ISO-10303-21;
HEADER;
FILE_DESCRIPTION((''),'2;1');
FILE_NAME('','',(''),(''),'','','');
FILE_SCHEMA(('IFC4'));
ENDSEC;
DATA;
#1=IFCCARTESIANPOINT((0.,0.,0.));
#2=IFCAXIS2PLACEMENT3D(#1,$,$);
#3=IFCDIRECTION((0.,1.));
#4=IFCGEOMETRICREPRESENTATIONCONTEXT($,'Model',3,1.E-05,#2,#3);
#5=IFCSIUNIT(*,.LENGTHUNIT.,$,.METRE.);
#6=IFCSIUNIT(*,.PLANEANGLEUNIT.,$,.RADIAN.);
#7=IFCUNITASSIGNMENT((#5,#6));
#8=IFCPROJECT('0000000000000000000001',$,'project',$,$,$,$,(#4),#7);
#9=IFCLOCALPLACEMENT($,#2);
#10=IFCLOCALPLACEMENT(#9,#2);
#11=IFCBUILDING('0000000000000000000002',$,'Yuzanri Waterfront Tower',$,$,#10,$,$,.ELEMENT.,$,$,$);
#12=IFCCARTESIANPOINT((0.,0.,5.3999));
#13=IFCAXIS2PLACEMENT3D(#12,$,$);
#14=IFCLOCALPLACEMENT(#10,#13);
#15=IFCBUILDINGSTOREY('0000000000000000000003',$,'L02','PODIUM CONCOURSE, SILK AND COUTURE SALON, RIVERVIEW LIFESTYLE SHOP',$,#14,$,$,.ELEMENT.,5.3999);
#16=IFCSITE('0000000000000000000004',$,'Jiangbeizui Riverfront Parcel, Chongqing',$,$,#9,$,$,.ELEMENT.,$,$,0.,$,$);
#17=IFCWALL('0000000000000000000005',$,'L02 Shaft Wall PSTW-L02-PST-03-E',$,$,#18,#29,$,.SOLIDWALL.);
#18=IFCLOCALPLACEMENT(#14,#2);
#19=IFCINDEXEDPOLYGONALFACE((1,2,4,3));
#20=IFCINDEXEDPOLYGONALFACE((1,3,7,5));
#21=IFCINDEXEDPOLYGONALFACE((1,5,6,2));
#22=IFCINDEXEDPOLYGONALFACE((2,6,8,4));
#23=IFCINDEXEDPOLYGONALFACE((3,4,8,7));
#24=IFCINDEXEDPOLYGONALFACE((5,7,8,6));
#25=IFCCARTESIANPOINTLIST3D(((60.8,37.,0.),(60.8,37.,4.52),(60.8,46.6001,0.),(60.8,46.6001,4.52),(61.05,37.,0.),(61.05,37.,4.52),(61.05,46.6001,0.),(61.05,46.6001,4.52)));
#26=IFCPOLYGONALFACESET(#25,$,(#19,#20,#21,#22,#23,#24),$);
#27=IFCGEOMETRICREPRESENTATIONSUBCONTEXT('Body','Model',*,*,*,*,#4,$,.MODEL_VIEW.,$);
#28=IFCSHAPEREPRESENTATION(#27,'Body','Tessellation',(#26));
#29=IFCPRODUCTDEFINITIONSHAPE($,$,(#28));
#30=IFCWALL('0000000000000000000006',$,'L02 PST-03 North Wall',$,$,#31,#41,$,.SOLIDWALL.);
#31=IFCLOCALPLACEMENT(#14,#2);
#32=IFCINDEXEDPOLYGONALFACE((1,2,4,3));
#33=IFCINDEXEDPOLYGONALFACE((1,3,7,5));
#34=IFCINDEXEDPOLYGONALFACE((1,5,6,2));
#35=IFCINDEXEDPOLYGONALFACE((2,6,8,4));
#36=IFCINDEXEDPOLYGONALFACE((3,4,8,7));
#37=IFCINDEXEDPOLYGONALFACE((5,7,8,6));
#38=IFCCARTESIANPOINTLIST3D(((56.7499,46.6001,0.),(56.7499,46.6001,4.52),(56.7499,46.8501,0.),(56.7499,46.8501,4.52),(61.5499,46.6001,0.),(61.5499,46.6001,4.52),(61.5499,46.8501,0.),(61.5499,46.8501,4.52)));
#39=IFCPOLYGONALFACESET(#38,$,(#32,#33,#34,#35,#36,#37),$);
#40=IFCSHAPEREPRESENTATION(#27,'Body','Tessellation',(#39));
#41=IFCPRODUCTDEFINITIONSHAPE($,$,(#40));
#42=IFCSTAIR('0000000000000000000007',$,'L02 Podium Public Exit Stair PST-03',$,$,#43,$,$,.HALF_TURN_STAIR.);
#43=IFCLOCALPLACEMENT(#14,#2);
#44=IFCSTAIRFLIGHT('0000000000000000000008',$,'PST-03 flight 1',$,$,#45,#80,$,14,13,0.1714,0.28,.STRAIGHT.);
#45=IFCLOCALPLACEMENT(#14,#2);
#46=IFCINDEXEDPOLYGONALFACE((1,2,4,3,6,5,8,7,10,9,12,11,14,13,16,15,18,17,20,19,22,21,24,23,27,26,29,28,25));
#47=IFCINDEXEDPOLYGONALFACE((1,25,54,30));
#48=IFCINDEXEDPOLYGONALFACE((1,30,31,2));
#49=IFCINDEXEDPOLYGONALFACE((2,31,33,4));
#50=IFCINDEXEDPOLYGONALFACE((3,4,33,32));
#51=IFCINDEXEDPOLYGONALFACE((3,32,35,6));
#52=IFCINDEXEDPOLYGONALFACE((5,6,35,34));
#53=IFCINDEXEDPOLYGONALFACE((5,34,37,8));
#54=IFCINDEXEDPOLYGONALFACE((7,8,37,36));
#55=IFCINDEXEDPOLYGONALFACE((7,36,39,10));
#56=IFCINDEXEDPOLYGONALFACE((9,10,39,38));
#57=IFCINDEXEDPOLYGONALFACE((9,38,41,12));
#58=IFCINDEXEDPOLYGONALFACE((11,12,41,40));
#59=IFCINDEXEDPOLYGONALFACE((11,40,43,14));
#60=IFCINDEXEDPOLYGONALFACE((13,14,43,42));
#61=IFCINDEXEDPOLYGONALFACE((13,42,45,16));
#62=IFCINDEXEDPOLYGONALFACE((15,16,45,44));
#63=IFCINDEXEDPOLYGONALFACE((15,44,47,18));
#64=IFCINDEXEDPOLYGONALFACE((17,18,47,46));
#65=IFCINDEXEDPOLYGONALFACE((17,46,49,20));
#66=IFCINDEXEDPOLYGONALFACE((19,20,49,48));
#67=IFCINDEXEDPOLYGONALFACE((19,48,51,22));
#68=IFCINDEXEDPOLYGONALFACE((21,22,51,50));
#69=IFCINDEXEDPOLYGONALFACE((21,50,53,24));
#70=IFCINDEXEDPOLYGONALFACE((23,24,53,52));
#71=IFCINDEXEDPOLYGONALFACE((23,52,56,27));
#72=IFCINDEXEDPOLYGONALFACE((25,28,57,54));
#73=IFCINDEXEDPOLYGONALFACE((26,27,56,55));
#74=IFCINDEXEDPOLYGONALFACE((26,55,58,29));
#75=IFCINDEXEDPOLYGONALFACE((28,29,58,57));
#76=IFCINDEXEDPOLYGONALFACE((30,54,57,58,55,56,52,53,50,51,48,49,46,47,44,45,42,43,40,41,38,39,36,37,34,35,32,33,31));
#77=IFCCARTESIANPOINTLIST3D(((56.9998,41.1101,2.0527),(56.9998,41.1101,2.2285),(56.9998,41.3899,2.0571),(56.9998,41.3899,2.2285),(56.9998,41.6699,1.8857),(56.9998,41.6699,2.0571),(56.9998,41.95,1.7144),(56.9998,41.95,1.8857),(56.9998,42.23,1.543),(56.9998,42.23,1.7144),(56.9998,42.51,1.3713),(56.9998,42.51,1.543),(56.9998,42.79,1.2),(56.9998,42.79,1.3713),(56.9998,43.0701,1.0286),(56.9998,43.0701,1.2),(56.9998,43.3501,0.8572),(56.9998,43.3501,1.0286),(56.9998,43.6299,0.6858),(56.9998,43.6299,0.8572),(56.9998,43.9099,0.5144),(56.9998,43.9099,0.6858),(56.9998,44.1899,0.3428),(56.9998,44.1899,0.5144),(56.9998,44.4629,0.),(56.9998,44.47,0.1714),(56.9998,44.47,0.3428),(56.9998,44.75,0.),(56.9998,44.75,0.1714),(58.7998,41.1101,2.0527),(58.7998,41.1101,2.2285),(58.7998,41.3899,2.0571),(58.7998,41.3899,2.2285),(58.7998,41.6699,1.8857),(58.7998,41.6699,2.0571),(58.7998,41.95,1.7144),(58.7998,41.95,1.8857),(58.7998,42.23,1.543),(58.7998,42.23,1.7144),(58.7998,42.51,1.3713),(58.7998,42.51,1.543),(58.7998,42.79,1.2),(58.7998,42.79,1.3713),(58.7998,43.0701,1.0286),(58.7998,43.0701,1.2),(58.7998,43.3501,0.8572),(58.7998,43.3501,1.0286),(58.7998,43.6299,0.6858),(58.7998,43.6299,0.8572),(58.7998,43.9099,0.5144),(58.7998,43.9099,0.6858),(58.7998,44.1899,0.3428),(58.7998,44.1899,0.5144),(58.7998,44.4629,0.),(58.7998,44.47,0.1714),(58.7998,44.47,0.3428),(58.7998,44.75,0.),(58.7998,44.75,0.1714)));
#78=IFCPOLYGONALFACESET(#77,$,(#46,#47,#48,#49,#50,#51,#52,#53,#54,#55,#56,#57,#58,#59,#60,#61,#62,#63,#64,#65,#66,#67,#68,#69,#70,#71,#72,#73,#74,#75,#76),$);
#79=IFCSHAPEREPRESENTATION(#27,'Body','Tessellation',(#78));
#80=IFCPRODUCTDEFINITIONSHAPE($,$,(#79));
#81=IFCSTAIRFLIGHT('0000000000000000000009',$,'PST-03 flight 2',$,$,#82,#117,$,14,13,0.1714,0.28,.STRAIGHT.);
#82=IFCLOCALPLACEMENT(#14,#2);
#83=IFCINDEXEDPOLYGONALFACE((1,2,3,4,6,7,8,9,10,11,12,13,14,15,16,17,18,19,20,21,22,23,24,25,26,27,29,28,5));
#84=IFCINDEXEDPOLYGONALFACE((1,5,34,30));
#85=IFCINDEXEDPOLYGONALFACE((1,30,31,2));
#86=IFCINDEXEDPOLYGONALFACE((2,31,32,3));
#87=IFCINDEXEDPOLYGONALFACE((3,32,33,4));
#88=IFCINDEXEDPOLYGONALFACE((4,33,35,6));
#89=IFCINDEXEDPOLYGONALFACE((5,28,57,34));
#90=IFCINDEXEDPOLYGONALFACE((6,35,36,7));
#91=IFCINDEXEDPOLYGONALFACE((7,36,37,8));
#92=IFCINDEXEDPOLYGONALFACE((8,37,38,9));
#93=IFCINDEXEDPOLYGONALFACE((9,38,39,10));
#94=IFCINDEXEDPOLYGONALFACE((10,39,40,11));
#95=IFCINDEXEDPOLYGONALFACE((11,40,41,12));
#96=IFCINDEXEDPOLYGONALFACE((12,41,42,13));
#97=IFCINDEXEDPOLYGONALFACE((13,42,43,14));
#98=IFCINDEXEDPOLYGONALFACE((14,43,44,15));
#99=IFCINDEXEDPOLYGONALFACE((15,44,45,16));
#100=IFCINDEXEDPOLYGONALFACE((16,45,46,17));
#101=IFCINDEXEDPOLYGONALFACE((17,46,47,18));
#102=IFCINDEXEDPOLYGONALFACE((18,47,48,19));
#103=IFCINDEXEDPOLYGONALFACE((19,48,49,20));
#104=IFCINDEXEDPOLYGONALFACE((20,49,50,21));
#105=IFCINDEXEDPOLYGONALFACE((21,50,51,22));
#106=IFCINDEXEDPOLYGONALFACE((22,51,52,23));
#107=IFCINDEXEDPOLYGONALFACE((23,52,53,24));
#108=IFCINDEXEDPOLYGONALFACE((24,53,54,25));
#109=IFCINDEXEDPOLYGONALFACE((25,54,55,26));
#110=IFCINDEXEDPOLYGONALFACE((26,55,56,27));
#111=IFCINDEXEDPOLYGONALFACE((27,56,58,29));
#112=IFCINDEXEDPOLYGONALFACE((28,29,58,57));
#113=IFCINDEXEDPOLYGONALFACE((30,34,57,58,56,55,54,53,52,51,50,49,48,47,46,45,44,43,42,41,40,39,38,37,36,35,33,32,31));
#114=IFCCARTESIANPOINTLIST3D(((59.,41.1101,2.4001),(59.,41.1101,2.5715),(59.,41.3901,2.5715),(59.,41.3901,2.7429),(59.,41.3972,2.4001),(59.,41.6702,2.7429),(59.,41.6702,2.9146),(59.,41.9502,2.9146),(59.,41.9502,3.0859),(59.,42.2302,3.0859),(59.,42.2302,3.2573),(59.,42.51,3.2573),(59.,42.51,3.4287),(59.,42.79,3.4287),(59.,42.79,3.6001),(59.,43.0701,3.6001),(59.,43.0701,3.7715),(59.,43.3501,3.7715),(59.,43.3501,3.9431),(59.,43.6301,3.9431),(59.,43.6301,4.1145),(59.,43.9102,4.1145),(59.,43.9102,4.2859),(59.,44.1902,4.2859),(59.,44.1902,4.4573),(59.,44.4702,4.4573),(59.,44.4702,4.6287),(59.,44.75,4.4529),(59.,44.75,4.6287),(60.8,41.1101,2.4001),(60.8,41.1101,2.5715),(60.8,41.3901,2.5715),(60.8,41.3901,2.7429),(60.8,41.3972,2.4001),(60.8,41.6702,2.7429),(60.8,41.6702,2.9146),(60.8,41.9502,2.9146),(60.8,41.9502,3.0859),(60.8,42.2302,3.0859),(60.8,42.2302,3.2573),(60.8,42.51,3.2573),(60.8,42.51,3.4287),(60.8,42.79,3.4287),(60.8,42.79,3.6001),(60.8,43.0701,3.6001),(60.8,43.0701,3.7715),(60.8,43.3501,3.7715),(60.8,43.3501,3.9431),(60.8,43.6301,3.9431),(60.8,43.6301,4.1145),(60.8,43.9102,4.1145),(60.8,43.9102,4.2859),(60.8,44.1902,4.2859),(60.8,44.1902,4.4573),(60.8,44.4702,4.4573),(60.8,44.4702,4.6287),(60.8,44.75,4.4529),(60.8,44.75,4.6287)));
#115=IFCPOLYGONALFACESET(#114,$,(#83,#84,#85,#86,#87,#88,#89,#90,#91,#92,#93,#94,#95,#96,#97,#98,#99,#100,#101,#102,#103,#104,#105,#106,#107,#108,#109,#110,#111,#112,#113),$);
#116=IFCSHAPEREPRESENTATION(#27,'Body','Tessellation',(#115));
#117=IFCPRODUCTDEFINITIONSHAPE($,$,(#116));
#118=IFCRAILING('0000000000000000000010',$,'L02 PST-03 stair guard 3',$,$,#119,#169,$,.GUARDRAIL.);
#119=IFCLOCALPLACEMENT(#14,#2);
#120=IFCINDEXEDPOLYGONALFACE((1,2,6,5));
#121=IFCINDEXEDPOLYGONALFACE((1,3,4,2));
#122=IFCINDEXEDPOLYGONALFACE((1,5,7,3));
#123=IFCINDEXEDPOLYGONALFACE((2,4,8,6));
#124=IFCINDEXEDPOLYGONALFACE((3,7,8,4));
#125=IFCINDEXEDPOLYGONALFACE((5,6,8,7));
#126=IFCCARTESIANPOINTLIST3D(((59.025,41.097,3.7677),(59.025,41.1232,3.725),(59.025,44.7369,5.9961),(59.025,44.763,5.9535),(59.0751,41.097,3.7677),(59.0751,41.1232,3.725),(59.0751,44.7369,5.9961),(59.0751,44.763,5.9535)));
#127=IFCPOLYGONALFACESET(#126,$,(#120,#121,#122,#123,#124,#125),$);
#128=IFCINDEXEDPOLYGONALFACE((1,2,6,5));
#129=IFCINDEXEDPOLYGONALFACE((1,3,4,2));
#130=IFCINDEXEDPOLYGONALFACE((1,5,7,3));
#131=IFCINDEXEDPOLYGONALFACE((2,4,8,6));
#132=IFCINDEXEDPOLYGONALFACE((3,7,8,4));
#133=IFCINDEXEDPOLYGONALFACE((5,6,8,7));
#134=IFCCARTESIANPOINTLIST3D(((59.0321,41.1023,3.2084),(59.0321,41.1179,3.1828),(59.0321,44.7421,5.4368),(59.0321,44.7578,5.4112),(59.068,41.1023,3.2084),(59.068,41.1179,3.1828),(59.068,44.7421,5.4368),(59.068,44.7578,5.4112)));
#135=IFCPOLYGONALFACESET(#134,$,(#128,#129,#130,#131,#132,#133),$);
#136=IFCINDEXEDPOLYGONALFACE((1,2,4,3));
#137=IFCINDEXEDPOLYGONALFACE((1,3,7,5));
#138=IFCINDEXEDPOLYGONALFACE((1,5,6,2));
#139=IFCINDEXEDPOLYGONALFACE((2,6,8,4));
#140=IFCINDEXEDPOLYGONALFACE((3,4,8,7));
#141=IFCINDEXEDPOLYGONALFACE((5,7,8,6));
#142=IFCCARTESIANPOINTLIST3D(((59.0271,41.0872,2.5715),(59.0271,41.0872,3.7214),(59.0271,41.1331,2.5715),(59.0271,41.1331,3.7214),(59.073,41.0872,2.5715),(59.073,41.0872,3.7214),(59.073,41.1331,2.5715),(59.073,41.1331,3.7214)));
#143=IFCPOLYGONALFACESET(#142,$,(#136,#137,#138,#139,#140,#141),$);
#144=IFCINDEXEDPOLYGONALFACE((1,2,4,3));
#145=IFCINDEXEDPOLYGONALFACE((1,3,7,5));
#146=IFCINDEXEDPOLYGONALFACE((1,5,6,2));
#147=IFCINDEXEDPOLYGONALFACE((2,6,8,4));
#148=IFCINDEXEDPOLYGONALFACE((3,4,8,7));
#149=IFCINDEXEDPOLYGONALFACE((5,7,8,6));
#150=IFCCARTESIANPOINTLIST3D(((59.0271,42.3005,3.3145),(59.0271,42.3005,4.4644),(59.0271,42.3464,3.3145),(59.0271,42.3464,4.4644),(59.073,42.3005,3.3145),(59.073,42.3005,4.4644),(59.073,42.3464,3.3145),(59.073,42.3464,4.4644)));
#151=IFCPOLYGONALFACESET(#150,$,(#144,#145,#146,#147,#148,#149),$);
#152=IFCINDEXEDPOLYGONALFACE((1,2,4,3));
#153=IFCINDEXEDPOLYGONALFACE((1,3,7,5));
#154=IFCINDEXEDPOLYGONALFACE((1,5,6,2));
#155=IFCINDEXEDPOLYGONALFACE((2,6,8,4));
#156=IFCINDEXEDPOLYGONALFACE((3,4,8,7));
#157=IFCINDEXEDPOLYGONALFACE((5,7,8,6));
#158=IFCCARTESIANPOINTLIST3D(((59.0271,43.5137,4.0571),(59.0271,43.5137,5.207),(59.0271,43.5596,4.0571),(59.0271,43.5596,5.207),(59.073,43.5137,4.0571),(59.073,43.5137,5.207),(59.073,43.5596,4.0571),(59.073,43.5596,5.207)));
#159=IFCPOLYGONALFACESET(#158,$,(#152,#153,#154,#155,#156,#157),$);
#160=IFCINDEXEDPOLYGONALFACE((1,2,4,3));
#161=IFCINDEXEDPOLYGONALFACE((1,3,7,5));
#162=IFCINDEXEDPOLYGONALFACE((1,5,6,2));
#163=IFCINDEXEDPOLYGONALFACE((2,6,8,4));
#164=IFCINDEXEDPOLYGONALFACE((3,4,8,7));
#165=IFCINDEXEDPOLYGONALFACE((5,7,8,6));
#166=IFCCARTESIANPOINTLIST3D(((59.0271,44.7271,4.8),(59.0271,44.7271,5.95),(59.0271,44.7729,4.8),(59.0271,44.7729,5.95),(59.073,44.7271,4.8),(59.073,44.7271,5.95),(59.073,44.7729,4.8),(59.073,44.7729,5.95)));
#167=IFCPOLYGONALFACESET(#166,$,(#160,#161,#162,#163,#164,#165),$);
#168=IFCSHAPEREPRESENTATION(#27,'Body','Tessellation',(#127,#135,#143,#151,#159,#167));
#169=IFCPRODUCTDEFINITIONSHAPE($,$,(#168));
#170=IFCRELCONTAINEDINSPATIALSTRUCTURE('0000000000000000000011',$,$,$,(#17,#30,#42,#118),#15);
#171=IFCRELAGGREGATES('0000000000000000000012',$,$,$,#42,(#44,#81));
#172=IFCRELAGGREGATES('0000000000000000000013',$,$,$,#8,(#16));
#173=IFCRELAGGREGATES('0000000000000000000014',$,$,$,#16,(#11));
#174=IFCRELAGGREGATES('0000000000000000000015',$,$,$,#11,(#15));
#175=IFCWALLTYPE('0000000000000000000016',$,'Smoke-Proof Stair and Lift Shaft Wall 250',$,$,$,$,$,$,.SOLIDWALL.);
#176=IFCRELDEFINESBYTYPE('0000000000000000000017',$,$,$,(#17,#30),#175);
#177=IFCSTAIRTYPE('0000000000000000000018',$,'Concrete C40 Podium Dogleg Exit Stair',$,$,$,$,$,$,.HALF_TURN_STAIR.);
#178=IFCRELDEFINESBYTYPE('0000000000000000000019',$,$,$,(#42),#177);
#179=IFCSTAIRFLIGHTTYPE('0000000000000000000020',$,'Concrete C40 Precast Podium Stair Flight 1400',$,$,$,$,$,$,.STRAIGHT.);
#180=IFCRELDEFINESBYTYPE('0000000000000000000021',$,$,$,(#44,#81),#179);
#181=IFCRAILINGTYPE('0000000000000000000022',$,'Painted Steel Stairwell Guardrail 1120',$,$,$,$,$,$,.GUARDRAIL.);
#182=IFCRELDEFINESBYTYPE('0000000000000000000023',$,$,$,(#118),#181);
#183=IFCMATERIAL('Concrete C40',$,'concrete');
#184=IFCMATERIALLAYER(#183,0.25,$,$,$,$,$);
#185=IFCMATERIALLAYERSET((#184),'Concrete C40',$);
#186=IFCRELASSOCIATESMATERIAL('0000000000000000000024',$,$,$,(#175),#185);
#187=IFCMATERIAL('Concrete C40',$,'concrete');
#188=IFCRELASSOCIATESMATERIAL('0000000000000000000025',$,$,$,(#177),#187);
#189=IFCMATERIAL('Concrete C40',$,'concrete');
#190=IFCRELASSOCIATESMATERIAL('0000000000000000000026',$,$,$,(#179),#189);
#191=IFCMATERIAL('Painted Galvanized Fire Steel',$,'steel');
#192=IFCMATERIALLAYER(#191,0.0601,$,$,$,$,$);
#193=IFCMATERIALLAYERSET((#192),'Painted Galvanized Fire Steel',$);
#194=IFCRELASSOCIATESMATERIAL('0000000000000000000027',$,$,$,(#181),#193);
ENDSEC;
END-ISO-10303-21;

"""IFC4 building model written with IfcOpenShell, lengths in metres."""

from ifc_helpers import new_model, si_unit, direction, frame, frame_2d, origin, origin_2d, place, context, subcontext, project, spatial, polyline, rectangle, outline, extrude, source, transform, mapped, material, layer, layer_set, type_object, element, aggregate, save


model = new_model("IFC4")

# Units and contexts
model_context = context("Model", 3, precision=1e-05, world=origin(), true_north=direction((0.0, 1.0)))
body_context = subcontext(model_context, "Body", "Model", "MODEL_VIEW")
ifc_project = project(units=[si_unit("LENGTHUNIT", "METRE"), si_unit("PLANEANGLEUNIT", "RADIAN")], contexts=[model_context])

# Site, building, storey
site_placement = place(None, origin())
site = spatial("IfcSite", under=ifc_project, at=site_placement, Name="Jiangbeizui Riverfront Parcel, Chongqing", CompositionType="ELEMENT", RefElevation=0.0)
building_placement = place(site_placement, origin())
building = spatial("IfcBuilding", under=site, at=building_placement, Name="Yuzanri Waterfront Tower", CompositionType="ELEMENT")
storey_placement = place(building_placement, frame((0.0, 0.0, 5.3999)))
storey = spatial("IfcBuildingStorey", under=building, at=storey_placement, Name="L02", Description="PODIUM CONCOURSE, SILK AND COUTURE SALON, RIVERVIEW LIFESTYLE SHOP", CompositionType="ELEMENT", Elevation=5.3999)

# Walls
ifc_material_1 = material(Name="Concrete C40", Category="concrete")
ifc_layer_1 = layer(ifc_material_1, 0.25)
ifc_layer_set_1 = layer_set([ifc_layer_1], Name="Concrete C40")
wall_type_1 = type_object("IfcWallType", Name="Smoke-Proof Stair and Lift Shaft Wall 250", PredefinedType="SOLIDWALL", material=ifc_layer_set_1)
shared_shape_1 = source(origin(), body_context, "Body", "SweptSolid", [
    extrude(rectangle(XDim=9.6001, YDim=0.25, at=frame_2d((4.8, 0.0))), origin(), (0.0, 0.0, 1.0), 4.52),
])
wall_1_placement = place(storey_placement, frame((60.925, 37.0, 0.0), z_axis=(0.0, 0.0, 1.0), x_axis=(0.0, 1.0, 0.0)))
element("IfcWall", 1, at=wall_1_placement, inside=storey, type_object=wall_type_1, Name="L02 Shaft Wall PSTW-L02-PST-03-E", PredefinedType="SOLIDWALL", context=body_context, shape_type="MappedRepresentation", body=[
    mapped(shared_shape_1, transform((0.0, 0.0, 0.0), scale=1.0)),
])
shared_shape_2 = source(origin(), body_context, "Body", "SweptSolid", [
    extrude(rectangle(XDim=4.8, YDim=0.25, at=frame_2d((2.3999, 0.0))), origin(), (0.0, 0.0, 1.0), 4.52),
])
wall_2_placement = place(storey_placement, frame((56.75, 46.7251, 0.0), z_axis=(0.0, 0.0, 1.0), x_axis=(1.0, 0.0, 0.0)))
element("IfcWall", 2, at=wall_2_placement, inside=storey, type_object=wall_type_1, Name="L02 PST-03 North Wall", PredefinedType="SOLIDWALL", context=body_context, shape_type="MappedRepresentation", body=[
    mapped(shared_shape_2, transform((0.0, 0.0, 0.0), scale=1.0)),
])

# Stair, stair flights
ifc_material_2 = material(Name="Concrete C40", Category="concrete")
stair_type = type_object("IfcStairType", Name="Concrete C40 Podium Dogleg Exit Stair", PredefinedType="HALF_TURN_STAIR", material=ifc_material_2)
stair_placement = place(storey_placement, origin())
stair = element("IfcStair", 3, at=stair_placement, inside=storey, type_object=stair_type, Name="L02 Podium Public Exit Stair PST-03", PredefinedType="HALF_TURN_STAIR")
ifc_material_3 = material(Name="Concrete C40", Category="concrete")
stair_flight_type = type_object("IfcStairFlightType", Name="Concrete C40 Precast Podium Stair Flight 1400", PredefinedType="STRAIGHT", material=ifc_material_3)
shared_shape_3 = source(origin(), body_context, "Body", "SweptSolid", [
    extrude(outline(polyline([(0.0, 0.0), (0.0, 0.1714), (0.28, 0.1714), (0.28, 0.3428), (0.5601, 0.3428), (0.5601, 0.5144), (0.8401, 0.5144), (0.8401, 0.6858), (1.1201, 0.6858), (1.1201, 0.8572), (1.3999, 0.8572), (1.3999, 1.0286), (1.6799, 1.0286), (1.6799, 1.2), (1.96, 1.2), (1.96, 1.3713), (2.24, 1.3713), (2.24, 1.543), (2.52, 1.543), (2.52, 1.7144), (2.8, 1.7144), (2.8, 1.8857), (3.0801, 1.8857), (3.0801, 2.0571), (3.3601, 2.0571), (3.3601, 2.2285), (3.6399, 2.2285), (3.6399, 2.3999), (3.6399, 2.0527), (0.2871, 0.0), (0.0, 0.0)])), frame((0.0, 0.8999, 0.0), z_axis=(0.0, -1.0, 0.0), x_axis=(1.0, 0.0, 0.0)), (0.0, 0.0, 1.0), 1.8),
])
stair_flight_1_placement = place(storey_placement, frame((57.8999, 44.75, 0.0), z_axis=(0.0, 0.0, 1.0), x_axis=(0.0, -1.0, 0.0)))
stair_flight_1 = element("IfcStairFlight", 4, at=stair_flight_1_placement, type_object=stair_flight_type, Name="PST-03 flight 1", NumberOfRisers=14, NumberOfTreads=13, PredefinedType="STRAIGHT", RiserHeight=0.1714, TreadLength=0.28, context=body_context, shape_type="MappedRepresentation", body=[
    mapped(shared_shape_3, transform((0.0, 0.0, 0.0), scale=1.0)),
])
stair_flight_2_placement = place(storey_placement, frame((59.8999, 41.1101, 2.4001), z_axis=(0.0, 0.0, 1.0), x_axis=(0.0, 1.0, 0.0)))
stair_flight_2 = element("IfcStairFlight", 5, at=stair_flight_2_placement, type_object=stair_flight_type, Name="PST-03 flight 2", NumberOfRisers=14, NumberOfTreads=13, PredefinedType="STRAIGHT", RiserHeight=0.1714, TreadLength=0.28, context=body_context, shape_type="MappedRepresentation", body=[
    mapped(shared_shape_3, transform((0.0, 0.0, 0.0), scale=1.0)),
])
aggregate(stair, [stair_flight_1, stair_flight_2])

# Railing
ifc_material_4 = material(Name="Painted Galvanized Fire Steel", Category="steel")
ifc_layer_2 = layer(ifc_material_4, 0.0601)
ifc_layer_set_2 = layer_set([ifc_layer_2], Name="Painted Galvanized Fire Steel")
railing_type_1 = type_object("IfcRailingType", Name="Painted Steel Stairwell Guardrail 1120", PredefinedType="GUARDRAIL", material=ifc_layer_set_2)
shared_shape_4 = source(origin(), body_context, "Body", "SweptSolid", [
    extrude(rectangle(XDim=0.05, YDim=0.05, at=origin_2d()), frame((0.0, 0.0, 1.1748), z_axis=(0.0, 0.85285, 0.522156), x_axis=(-1.0, 0.0, 0.0)), (0.0, 0.0, 1.0), 4.2678),
    extrude(rectangle(XDim=0.0359, YDim=0.03, at=origin_2d()), frame((0.0, 0.0, 0.624), z_axis=(0.0, 0.85285, 0.522156), x_axis=(-1.0, 0.0, 0.0)), (0.0, 0.0, 1.0), 4.2678),
    extrude(rectangle(XDim=0.0459, YDim=0.0459, at=origin_2d()), origin(), (0.0, 0.0, 1.0), 1.1499),
    extrude(rectangle(XDim=0.0459, YDim=0.0459, at=origin_2d()), frame((0.0, 1.2134, 0.7429)), (0.0, 0.0, 1.0), 1.1499),
    extrude(rectangle(XDim=0.0459, YDim=0.0459, at=origin_2d()), frame((0.0, 2.4265, 1.4856)), (0.0, 0.0, 1.0), 1.1499),
    extrude(rectangle(XDim=0.0459, YDim=0.0459, at=origin_2d()), frame((0.0, 3.6399, 2.2285)), (0.0, 0.0, 1.0), 1.1499),
])
railing_1_placement = place(storey_placement, frame((59.05, 41.1101, 2.5715)))
element("IfcRailing", 6, at=railing_1_placement, inside=storey, type_object=railing_type_1, Name="L02 PST-03 stair guard 3", PredefinedType="GUARDRAIL", context=body_context, shape_type="MappedRepresentation", body=[
    mapped(shared_shape_4, transform((0.0, 0.0, 0.0), scale=1.0)),
])

save(model, "model.ifc")
